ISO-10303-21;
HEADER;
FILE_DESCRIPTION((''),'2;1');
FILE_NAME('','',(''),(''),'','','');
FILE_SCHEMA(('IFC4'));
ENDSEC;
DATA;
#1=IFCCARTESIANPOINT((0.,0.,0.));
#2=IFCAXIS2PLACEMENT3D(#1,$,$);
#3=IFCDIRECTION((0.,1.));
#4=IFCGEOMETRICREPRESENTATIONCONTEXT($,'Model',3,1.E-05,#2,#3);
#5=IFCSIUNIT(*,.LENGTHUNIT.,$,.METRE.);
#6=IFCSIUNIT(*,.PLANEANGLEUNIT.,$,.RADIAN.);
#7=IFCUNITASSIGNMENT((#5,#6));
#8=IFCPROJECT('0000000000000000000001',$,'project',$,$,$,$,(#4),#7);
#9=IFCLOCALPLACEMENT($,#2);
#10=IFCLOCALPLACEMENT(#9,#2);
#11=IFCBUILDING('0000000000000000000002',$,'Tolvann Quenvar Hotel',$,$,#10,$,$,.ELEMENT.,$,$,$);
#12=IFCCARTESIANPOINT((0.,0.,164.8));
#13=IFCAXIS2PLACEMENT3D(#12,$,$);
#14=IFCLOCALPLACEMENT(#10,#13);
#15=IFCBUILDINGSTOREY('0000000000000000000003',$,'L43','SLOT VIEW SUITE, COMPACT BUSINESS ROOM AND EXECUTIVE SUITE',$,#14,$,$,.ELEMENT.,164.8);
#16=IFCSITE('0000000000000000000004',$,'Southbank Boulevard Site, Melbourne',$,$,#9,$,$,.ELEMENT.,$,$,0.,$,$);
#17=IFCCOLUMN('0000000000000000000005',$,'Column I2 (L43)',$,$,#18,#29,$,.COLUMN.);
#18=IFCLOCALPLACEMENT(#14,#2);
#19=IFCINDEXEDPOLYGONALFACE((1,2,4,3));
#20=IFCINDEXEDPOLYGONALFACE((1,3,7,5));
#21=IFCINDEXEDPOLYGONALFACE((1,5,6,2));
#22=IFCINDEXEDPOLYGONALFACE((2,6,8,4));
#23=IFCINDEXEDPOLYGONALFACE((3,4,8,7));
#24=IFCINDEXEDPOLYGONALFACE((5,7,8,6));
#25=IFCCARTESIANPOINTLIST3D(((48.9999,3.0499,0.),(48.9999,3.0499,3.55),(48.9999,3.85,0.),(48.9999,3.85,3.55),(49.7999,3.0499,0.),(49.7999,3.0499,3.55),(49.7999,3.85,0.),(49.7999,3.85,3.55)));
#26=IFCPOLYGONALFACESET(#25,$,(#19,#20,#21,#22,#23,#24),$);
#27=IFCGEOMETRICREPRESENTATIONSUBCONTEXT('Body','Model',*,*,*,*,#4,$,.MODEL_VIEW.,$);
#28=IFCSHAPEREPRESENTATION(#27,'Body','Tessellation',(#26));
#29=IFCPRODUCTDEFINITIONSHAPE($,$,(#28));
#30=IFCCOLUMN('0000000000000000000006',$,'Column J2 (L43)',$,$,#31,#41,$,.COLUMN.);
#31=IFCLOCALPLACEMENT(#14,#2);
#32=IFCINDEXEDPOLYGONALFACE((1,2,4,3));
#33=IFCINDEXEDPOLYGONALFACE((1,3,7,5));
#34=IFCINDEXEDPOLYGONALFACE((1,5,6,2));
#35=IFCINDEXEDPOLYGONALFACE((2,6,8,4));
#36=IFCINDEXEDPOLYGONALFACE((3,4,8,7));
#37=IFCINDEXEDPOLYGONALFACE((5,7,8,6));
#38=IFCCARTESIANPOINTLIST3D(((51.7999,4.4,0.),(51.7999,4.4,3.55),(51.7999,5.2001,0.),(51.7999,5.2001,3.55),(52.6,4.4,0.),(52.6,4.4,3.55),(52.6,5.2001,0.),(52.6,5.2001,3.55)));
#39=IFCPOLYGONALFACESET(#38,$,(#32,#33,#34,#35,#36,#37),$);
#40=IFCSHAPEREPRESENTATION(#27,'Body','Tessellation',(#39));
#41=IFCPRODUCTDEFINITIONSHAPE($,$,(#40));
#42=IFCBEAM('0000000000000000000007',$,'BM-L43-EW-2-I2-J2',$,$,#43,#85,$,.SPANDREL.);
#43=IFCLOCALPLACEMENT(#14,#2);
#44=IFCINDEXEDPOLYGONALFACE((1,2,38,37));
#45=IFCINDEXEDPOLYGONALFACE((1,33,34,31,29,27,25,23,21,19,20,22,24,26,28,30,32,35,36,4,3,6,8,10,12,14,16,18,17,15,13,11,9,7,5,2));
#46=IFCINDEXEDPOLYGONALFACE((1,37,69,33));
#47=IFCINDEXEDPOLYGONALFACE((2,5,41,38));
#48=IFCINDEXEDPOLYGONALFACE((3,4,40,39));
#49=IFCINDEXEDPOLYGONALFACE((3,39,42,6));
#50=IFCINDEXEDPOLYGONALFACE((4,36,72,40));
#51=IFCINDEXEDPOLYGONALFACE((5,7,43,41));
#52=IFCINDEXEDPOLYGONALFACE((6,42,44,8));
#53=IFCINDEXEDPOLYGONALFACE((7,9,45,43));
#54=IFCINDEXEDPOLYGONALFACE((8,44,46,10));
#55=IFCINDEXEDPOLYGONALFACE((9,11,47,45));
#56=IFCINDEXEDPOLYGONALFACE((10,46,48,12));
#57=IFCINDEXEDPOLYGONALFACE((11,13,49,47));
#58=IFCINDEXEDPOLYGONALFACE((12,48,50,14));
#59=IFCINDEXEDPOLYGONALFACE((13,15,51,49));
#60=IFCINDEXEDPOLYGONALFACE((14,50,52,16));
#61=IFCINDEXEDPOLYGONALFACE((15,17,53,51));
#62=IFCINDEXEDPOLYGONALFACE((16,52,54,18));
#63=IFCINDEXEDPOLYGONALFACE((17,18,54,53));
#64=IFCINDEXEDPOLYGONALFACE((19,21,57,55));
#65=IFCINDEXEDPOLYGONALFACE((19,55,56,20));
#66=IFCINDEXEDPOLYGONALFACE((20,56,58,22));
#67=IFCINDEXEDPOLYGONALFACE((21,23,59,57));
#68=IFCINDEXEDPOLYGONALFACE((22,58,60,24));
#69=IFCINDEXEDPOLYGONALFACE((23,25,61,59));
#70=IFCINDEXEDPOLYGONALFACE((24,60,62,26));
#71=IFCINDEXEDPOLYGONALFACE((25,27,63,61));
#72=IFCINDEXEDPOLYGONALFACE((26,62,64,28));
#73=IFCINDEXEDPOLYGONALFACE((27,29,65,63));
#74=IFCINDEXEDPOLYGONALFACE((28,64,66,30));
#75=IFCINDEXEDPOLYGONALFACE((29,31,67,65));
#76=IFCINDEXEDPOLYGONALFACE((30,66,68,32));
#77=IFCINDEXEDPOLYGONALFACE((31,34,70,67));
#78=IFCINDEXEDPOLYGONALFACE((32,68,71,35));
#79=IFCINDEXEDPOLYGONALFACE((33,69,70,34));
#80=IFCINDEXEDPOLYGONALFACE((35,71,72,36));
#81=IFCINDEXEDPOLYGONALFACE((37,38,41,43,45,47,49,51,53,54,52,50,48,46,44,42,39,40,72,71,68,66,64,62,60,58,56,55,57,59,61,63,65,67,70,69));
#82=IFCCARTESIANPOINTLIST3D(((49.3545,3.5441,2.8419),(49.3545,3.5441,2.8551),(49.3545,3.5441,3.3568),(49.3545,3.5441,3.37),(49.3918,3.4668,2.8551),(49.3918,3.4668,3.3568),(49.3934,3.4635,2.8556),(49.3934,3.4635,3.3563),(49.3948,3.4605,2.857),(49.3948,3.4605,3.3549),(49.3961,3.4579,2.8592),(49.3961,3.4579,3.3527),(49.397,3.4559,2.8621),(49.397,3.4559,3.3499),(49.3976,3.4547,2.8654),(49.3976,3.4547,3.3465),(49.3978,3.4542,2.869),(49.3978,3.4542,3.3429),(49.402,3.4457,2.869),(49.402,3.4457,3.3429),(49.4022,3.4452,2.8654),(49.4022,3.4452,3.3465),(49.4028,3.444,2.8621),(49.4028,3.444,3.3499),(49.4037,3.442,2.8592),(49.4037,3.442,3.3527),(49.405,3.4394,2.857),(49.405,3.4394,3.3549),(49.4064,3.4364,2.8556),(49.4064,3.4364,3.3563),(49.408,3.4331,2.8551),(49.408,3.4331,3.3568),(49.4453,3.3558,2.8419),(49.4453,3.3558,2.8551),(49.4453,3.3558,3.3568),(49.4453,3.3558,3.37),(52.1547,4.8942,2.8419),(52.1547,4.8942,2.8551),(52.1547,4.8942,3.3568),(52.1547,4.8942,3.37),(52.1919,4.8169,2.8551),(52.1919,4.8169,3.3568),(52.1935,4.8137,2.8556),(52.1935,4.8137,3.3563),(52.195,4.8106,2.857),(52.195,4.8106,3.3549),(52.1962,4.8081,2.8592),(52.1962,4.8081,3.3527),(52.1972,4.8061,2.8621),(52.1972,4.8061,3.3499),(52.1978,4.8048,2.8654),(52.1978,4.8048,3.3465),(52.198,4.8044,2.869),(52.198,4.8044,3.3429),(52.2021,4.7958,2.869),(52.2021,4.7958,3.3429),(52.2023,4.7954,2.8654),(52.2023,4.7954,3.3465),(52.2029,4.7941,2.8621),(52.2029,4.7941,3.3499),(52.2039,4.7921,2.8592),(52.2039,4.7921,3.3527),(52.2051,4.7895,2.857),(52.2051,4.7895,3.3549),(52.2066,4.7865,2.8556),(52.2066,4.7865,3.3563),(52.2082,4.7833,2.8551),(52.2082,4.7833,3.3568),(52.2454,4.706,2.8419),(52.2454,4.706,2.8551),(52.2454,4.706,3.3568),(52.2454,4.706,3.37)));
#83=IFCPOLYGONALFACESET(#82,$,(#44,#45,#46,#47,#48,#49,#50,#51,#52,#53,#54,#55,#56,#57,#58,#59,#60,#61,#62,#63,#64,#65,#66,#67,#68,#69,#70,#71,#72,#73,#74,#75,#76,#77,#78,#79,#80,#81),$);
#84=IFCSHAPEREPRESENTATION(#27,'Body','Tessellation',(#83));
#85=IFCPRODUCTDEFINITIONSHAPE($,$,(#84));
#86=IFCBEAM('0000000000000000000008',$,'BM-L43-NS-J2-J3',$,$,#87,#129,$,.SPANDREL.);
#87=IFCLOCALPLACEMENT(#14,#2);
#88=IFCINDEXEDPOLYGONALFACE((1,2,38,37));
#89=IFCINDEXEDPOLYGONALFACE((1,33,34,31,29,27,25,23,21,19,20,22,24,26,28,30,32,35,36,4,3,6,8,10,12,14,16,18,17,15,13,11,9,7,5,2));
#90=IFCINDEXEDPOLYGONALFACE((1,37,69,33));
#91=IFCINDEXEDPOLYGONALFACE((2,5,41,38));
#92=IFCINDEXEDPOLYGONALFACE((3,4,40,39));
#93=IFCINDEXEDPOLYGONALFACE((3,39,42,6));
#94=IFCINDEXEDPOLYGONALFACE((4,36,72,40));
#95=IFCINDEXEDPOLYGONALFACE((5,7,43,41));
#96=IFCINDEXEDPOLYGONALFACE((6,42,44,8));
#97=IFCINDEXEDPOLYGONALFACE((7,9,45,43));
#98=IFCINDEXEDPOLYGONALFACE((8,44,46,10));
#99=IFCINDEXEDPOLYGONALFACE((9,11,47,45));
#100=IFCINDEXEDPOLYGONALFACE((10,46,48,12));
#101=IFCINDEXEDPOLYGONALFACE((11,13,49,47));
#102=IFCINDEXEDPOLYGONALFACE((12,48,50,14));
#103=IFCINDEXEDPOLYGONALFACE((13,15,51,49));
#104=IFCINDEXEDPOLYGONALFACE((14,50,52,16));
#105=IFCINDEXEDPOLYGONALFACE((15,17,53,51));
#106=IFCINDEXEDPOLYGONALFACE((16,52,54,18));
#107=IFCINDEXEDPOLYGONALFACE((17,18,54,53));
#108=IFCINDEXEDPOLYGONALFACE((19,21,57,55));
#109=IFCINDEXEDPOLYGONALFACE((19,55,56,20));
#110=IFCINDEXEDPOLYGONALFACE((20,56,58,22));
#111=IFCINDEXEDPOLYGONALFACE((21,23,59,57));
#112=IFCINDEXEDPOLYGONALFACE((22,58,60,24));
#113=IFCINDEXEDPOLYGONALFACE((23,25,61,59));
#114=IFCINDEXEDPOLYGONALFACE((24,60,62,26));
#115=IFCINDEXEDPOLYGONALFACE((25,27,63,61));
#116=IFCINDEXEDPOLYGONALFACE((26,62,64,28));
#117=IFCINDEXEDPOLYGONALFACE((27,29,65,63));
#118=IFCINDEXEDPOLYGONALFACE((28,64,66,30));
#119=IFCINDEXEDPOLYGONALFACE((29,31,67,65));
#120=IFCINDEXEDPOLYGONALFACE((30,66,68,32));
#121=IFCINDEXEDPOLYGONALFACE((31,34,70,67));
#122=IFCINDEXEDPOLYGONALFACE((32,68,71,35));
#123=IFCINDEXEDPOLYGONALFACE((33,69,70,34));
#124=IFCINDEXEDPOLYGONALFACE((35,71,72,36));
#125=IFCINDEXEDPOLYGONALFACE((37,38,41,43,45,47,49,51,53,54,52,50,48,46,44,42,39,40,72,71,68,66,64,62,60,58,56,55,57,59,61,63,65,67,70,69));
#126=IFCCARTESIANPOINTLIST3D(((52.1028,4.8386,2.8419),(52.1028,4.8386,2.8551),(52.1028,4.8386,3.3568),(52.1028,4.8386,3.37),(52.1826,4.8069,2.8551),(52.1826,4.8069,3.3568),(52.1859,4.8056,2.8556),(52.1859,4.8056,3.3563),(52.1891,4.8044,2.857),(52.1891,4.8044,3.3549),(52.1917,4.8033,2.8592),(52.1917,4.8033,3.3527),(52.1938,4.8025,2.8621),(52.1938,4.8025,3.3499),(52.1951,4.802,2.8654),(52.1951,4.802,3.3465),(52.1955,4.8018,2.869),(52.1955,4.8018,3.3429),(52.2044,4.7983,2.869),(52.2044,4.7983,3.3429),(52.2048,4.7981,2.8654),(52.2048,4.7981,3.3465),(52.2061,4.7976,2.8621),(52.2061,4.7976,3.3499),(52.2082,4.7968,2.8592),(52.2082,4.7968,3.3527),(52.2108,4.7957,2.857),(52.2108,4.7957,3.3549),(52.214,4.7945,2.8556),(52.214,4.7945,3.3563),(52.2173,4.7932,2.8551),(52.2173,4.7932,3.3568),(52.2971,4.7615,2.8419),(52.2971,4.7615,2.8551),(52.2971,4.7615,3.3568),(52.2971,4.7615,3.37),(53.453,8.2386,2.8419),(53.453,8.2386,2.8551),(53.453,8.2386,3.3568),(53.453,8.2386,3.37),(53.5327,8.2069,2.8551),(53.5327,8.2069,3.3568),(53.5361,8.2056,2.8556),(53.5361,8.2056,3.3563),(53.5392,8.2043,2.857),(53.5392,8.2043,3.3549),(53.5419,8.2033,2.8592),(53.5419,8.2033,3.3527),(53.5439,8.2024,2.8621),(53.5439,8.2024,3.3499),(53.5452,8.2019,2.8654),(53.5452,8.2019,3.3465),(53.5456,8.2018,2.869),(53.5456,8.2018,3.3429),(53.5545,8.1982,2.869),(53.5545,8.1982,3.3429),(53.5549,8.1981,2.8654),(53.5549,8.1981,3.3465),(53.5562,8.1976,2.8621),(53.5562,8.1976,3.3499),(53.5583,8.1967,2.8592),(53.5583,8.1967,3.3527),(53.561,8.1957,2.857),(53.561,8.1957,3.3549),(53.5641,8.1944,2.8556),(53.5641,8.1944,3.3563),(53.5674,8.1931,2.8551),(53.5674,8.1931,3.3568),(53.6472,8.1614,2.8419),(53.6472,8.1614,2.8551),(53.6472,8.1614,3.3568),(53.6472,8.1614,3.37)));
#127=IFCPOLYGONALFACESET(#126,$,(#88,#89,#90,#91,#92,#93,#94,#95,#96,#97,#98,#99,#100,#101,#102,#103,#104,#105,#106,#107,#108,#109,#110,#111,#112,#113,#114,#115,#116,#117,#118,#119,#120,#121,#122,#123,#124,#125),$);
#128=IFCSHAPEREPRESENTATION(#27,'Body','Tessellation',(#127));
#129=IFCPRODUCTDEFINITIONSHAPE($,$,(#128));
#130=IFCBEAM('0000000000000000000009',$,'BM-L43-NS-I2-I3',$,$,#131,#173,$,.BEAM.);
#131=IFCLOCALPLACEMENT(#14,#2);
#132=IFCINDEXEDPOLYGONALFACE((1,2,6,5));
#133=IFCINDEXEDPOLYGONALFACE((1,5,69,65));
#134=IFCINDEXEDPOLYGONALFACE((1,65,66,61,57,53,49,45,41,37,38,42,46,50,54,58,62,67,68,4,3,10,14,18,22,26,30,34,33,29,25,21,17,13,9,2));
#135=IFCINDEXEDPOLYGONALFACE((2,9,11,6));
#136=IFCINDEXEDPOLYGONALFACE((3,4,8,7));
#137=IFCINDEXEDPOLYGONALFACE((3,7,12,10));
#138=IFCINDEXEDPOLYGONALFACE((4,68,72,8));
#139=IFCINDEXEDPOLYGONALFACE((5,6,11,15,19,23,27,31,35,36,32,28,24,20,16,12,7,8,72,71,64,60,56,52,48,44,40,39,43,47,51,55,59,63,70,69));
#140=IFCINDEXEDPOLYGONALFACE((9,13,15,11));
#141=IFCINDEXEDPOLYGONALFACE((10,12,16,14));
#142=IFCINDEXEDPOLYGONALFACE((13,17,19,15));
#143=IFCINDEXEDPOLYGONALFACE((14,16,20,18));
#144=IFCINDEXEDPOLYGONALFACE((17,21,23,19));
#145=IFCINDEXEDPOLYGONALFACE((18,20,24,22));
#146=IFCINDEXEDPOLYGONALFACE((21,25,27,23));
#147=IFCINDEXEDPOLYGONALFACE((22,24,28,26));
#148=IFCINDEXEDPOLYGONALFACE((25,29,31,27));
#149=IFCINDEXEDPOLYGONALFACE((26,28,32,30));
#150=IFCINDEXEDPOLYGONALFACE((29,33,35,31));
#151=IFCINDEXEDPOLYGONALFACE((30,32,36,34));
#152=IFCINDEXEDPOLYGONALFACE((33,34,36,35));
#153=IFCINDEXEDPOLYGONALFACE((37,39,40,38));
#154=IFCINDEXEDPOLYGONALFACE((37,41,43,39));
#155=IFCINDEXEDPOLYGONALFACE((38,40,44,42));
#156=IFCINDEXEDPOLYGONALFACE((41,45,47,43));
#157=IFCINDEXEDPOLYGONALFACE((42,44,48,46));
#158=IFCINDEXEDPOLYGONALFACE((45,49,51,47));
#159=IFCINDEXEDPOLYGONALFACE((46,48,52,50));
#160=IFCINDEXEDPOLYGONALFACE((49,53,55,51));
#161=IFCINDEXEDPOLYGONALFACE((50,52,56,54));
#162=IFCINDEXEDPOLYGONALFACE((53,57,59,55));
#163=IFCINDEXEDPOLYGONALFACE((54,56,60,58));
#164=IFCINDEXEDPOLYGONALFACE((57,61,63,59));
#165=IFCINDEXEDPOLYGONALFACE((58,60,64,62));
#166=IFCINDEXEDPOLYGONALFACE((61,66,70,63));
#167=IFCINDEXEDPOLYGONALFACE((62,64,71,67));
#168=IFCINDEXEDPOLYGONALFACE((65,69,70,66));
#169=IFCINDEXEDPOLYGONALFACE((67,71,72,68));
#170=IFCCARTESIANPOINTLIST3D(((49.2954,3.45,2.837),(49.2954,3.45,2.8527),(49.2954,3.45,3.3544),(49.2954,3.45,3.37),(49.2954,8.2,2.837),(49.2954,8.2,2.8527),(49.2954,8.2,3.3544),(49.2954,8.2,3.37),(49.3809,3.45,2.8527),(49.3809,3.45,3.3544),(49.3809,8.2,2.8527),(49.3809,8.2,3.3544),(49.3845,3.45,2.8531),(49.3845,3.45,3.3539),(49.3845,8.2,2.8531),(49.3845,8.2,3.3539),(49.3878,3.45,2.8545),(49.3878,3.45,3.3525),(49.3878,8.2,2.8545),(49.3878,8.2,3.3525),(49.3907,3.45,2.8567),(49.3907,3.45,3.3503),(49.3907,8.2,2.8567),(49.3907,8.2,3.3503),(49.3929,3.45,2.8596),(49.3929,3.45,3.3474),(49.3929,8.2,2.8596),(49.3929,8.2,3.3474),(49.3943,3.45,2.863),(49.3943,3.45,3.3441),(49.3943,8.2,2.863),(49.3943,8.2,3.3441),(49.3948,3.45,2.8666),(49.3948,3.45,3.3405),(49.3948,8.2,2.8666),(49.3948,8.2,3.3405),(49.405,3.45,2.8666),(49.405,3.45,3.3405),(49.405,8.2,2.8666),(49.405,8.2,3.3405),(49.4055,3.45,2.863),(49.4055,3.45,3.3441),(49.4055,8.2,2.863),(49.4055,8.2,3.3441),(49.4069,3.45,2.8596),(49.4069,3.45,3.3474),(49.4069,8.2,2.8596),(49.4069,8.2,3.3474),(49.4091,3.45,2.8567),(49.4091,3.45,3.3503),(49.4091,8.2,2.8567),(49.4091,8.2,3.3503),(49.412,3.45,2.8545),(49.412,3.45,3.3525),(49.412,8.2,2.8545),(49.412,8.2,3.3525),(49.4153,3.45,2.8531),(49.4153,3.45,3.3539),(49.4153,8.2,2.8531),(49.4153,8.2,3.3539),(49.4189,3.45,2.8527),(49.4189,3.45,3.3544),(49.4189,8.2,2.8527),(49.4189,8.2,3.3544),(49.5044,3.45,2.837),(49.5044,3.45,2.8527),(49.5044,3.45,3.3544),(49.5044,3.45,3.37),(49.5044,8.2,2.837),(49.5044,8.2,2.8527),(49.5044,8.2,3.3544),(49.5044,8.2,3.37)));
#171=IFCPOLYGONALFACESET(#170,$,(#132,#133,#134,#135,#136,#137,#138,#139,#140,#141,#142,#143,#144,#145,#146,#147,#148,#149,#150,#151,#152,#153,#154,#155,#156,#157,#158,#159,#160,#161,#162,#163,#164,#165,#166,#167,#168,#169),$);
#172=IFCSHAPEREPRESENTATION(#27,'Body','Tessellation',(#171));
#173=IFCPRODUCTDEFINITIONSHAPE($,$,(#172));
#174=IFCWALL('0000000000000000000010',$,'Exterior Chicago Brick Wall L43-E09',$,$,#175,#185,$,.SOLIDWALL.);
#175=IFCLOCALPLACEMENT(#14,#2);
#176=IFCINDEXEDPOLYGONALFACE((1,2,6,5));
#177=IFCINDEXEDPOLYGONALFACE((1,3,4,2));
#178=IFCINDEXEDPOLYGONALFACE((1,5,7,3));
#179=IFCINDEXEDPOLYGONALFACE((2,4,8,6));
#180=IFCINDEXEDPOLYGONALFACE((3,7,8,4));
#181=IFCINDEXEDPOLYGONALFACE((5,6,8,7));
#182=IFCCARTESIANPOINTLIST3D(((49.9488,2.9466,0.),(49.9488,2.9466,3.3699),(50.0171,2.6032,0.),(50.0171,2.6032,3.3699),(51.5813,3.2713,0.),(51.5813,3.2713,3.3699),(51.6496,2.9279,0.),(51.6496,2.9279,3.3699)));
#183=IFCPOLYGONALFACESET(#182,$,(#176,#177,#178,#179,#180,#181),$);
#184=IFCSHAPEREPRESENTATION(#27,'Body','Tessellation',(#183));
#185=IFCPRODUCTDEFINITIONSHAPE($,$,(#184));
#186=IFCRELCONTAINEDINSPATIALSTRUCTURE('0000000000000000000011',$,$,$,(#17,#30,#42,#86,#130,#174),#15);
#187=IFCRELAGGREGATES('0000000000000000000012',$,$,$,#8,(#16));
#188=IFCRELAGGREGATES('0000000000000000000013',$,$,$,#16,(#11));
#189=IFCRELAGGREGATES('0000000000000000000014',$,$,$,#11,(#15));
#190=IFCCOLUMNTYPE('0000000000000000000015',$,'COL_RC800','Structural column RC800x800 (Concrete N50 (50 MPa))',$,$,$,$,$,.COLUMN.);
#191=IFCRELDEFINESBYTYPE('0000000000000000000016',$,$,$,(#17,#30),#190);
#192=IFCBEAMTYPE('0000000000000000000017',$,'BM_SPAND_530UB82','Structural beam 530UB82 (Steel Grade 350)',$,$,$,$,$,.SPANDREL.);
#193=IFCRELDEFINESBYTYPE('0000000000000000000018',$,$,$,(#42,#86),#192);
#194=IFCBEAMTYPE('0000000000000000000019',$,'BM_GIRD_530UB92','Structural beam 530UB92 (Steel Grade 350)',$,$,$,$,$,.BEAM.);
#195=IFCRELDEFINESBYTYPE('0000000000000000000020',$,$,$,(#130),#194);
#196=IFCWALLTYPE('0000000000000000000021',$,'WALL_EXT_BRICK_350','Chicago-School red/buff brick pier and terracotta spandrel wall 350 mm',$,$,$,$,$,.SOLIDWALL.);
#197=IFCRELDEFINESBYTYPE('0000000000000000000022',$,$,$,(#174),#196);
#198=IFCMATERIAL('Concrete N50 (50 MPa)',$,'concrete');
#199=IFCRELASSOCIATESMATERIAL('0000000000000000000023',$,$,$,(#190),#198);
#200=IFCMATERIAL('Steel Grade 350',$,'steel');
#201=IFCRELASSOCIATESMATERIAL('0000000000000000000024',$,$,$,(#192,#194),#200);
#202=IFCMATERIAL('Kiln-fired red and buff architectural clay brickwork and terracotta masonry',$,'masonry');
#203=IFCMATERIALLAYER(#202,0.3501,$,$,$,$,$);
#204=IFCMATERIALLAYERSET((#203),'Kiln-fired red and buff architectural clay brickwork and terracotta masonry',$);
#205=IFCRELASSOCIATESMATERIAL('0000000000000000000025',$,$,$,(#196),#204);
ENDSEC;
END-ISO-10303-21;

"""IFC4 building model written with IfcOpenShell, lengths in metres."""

from ifc_helpers import new_model, si_unit, direction, frame, frame_2d, origin, origin_2d, place, context, subcontext, project, spatial, rectangle, i_section, extrude, source, transform, mapped, material, layer, layer_set, material_profile, profile_set, type_object, type_shapes, element, save


model = new_model("IFC4")

# Units and contexts
model_context = context("Model", 3, precision=1e-05, world=origin(), true_north=direction((0.0, 1.0)))
body_context = subcontext(model_context, "Body", "Model", "MODEL_VIEW")
ifc_project = project(units=[si_unit("LENGTHUNIT", "METRE"), si_unit("PLANEANGLEUNIT", "RADIAN")], contexts=[model_context])

# Site, building, storey
site_placement = place(None, origin())
site = spatial("IfcSite", under=ifc_project, at=site_placement, Name="Southbank Boulevard Site, Melbourne", CompositionType="ELEMENT", RefElevation=0.0)
building_placement = place(site_placement, origin())
building = spatial("IfcBuilding", under=site, at=building_placement, Name="Tolvann Quenvar Hotel", CompositionType="ELEMENT")
storey_placement = place(building_placement, frame((0.0, 0.0, 164.8)))
storey = spatial("IfcBuildingStorey", under=building, at=storey_placement, Name="L43", Description="SLOT VIEW SUITE, COMPACT BUSINESS ROOM AND EXECUTIVE SUITE", CompositionType="ELEMENT", Elevation=164.8)

# Columns
ifc_material_1 = material(Name="Concrete N50 (50 MPa)", Category="concrete")
ifc_material_profile_1 = material_profile(ifc_material_1, rectangle(XDim=0.8, YDim=0.8, at=origin_2d()), Name="RC800x800")
ifc_profile_set_1 = profile_set([ifc_material_profile_1], Name="Concrete N50 (50 MPa)")
column_type = type_object("IfcColumnType", Name="COL_RC800", Description="Structural column RC800x800 (Concrete N50 (50 MPa))", PredefinedType="COLUMN", material=ifc_profile_set_1)
shared_shape_1 = source(origin(), body_context, "Body", "SweptSolid", [
    extrude(rectangle(XDim=0.8, YDim=0.8, at=origin_2d()), origin(), (0.0, 0.0, 1.0), 3.55),
])
type_shapes(column_type, [shared_shape_1])
for number, where, z_axis, x_axis, name in (
    (1, (49.3999, 3.45, 0.0), (0.0, 0.0, 1.0), (1.0, 0.0, 0.0), "Column I2 (L43)"),
    (2, (52.2, 4.8, 0.0), (0.0, 0.0, 1.0), (1.0, 0.0, 0.0), "Column J2 (L43)"),
):
    element("IfcColumn", number, at=place(storey_placement, frame(where, z_axis=z_axis, x_axis=x_axis)), inside=storey, type_object=column_type, Name=name, PredefinedType="COLUMN", context=body_context, shape_type="MappedRepresentation", body=[
        mapped(shared_shape_1, transform((0.0, 0.0, 0.0), x_axis=(1.0, 0.0, 0.0), y_axis=(0.0, 1.0, 0.0), z_axis=(0.0, 0.0, 1.0), scale=1.0)),
    ])

# Beams
ifc_material_2 = material(Name="Steel Grade 350", Category="steel")
ifc_material_profile_2 = material_profile(ifc_material_2, i_section(OverallWidth=0.209, OverallDepth=0.5281, WebThickness=0.0095, FlangeThickness=0.0132, FilletRadius=0.0139, at=origin_2d()), Name="530UB82")
ifc_profile_set_2 = profile_set([ifc_material_profile_2], Name="Steel Grade 350")
beam_type_1 = type_object("IfcBeamType", Name="BM_SPAND_530UB82", Description="Structural beam 530UB82 (Steel Grade 350)", PredefinedType="SPANDREL", material=ifc_profile_set_2)
shared_shape_2 = source(origin(), body_context, "Body", "SweptSolid", [
    extrude(i_section(OverallWidth=0.209, OverallDepth=0.5281, WebThickness=0.0095, FlangeThickness=0.0132, FilletRadius=0.0139, at=origin_2d()), origin(), (0.0, 0.0, 1.0), 3.1086),
])
beam_1_placement = place(storey_placement, frame((49.3999, 3.45, 3.106), z_axis=(0.900759, 0.434319, 0.0), x_axis=(-0.434319, 0.900759, 0.0)))
element("IfcBeam", 3, at=beam_1_placement, inside=storey, type_object=beam_type_1, Name="BM-L43-EW-2-I2-J2", PredefinedType="SPANDREL", context=body_context, shape_type="MappedRepresentation", body=[
    mapped(shared_shape_2, transform((0.0, 0.0, 0.0), x_axis=(1.0, 0.0, 0.0), y_axis=(0.0, 1.0, 0.0), z_axis=(0.0, 0.0, 1.0), scale=1.0)),
])
shared_shape_3 = source(origin(), body_context, "Body", "SweptSolid", [
    extrude(i_section(OverallWidth=0.209, OverallDepth=0.5281, WebThickness=0.0095, FlangeThickness=0.0132, FilletRadius=0.0139, at=origin_2d()), origin(), (0.0, 0.0, 1.0), 3.6582),
])
type_shapes(beam_type_1, [shared_shape_2, shared_shape_3])
beam_2_placement = place(storey_placement, frame((52.2, 4.8, 3.106), z_axis=(0.369065, 0.929404, 0.0), x_axis=(-0.929404, 0.369065, 0.0)))
element("IfcBeam", 4, at=beam_2_placement, inside=storey, type_object=beam_type_1, Name="BM-L43-NS-J2-J3", PredefinedType="SPANDREL", context=body_context, shape_type="MappedRepresentation", body=[
    mapped(shared_shape_3, transform((0.0, 0.0, 0.0), x_axis=(1.0, 0.0, 0.0), y_axis=(0.0, 1.0, 0.0), z_axis=(0.0, 0.0, 1.0), scale=1.0)),
])
ifc_material_profile_3 = material_profile(ifc_material_2, i_section(OverallWidth=0.209, OverallDepth=0.533, WebThickness=0.0103, FlangeThickness=0.0156, FilletRadius=0.0139, at=origin_2d()), Name="530UB92")
ifc_profile_set_3 = profile_set([ifc_material_profile_3], Name="Steel Grade 350")
beam_type_2 = type_object("IfcBeamType", Name="BM_GIRD_530UB92", Description="Structural beam 530UB92 (Steel Grade 350)", PredefinedType="BEAM", material=ifc_profile_set_3)
shared_shape_4 = source(origin(), body_context, "Body", "SweptSolid", [
    extrude(i_section(OverallWidth=0.209, OverallDepth=0.533, WebThickness=0.0103, FlangeThickness=0.0156, FilletRadius=0.0139, at=origin_2d()), origin(), (0.0, 0.0, 1.0), 4.75),
])
type_shapes(beam_type_2, [shared_shape_4])
beam_3_placement = place(storey_placement, frame((49.3999, 3.45, 3.1035), z_axis=(0.0, 1.0, 0.0), x_axis=(-1.0, 0.0, 0.0)))
element("IfcBeam", 5, at=beam_3_placement, inside=storey, type_object=beam_type_2, Name="BM-L43-NS-I2-I3", PredefinedType="BEAM", context=body_context, shape_type="MappedRepresentation", body=[
    mapped(shared_shape_4, transform((0.0, 0.0, 0.0), x_axis=(1.0, 0.0, 0.0), y_axis=(0.0, 1.0, 0.0), z_axis=(0.0, 0.0, 1.0), scale=1.0)),
])

# Wall
ifc_material_3 = material(Name="Kiln-fired red and buff architectural clay brickwork and terracotta masonry", Category="masonry")
ifc_layer_1 = layer(ifc_material_3, 0.3501)
ifc_layer_set_1 = layer_set([ifc_layer_1], Name="Kiln-fired red and buff architectural clay brickwork and terracotta masonry")
wall_type_1 = type_object("IfcWallType", Name="WALL_EXT_BRICK_350", Description="Chicago-School red/buff brick pier and terracotta spandrel wall 350 mm", PredefinedType="SOLIDWALL", material=ifc_layer_set_1)
wall_1_placement = place(storey_placement, frame((49.9829, 2.7749, 0.0), z_axis=(0.0, 0.0, 1.0), x_axis=(0.980789, 0.195072, 0.0)))
element("IfcWall", 6, at=wall_1_placement, inside=storey, type_object=wall_type_1, Name="Exterior Chicago Brick Wall L43-E09", PredefinedType="SOLIDWALL", context=body_context, shape_type="SweptSolid", body=[
    extrude(rectangle(XDim=1.6646, YDim=0.3501, at=frame_2d((0.8323, 0.0))), origin(), (0.0, 0.0, 1.0), 3.3699),
])

save(model, "model.ifc")
